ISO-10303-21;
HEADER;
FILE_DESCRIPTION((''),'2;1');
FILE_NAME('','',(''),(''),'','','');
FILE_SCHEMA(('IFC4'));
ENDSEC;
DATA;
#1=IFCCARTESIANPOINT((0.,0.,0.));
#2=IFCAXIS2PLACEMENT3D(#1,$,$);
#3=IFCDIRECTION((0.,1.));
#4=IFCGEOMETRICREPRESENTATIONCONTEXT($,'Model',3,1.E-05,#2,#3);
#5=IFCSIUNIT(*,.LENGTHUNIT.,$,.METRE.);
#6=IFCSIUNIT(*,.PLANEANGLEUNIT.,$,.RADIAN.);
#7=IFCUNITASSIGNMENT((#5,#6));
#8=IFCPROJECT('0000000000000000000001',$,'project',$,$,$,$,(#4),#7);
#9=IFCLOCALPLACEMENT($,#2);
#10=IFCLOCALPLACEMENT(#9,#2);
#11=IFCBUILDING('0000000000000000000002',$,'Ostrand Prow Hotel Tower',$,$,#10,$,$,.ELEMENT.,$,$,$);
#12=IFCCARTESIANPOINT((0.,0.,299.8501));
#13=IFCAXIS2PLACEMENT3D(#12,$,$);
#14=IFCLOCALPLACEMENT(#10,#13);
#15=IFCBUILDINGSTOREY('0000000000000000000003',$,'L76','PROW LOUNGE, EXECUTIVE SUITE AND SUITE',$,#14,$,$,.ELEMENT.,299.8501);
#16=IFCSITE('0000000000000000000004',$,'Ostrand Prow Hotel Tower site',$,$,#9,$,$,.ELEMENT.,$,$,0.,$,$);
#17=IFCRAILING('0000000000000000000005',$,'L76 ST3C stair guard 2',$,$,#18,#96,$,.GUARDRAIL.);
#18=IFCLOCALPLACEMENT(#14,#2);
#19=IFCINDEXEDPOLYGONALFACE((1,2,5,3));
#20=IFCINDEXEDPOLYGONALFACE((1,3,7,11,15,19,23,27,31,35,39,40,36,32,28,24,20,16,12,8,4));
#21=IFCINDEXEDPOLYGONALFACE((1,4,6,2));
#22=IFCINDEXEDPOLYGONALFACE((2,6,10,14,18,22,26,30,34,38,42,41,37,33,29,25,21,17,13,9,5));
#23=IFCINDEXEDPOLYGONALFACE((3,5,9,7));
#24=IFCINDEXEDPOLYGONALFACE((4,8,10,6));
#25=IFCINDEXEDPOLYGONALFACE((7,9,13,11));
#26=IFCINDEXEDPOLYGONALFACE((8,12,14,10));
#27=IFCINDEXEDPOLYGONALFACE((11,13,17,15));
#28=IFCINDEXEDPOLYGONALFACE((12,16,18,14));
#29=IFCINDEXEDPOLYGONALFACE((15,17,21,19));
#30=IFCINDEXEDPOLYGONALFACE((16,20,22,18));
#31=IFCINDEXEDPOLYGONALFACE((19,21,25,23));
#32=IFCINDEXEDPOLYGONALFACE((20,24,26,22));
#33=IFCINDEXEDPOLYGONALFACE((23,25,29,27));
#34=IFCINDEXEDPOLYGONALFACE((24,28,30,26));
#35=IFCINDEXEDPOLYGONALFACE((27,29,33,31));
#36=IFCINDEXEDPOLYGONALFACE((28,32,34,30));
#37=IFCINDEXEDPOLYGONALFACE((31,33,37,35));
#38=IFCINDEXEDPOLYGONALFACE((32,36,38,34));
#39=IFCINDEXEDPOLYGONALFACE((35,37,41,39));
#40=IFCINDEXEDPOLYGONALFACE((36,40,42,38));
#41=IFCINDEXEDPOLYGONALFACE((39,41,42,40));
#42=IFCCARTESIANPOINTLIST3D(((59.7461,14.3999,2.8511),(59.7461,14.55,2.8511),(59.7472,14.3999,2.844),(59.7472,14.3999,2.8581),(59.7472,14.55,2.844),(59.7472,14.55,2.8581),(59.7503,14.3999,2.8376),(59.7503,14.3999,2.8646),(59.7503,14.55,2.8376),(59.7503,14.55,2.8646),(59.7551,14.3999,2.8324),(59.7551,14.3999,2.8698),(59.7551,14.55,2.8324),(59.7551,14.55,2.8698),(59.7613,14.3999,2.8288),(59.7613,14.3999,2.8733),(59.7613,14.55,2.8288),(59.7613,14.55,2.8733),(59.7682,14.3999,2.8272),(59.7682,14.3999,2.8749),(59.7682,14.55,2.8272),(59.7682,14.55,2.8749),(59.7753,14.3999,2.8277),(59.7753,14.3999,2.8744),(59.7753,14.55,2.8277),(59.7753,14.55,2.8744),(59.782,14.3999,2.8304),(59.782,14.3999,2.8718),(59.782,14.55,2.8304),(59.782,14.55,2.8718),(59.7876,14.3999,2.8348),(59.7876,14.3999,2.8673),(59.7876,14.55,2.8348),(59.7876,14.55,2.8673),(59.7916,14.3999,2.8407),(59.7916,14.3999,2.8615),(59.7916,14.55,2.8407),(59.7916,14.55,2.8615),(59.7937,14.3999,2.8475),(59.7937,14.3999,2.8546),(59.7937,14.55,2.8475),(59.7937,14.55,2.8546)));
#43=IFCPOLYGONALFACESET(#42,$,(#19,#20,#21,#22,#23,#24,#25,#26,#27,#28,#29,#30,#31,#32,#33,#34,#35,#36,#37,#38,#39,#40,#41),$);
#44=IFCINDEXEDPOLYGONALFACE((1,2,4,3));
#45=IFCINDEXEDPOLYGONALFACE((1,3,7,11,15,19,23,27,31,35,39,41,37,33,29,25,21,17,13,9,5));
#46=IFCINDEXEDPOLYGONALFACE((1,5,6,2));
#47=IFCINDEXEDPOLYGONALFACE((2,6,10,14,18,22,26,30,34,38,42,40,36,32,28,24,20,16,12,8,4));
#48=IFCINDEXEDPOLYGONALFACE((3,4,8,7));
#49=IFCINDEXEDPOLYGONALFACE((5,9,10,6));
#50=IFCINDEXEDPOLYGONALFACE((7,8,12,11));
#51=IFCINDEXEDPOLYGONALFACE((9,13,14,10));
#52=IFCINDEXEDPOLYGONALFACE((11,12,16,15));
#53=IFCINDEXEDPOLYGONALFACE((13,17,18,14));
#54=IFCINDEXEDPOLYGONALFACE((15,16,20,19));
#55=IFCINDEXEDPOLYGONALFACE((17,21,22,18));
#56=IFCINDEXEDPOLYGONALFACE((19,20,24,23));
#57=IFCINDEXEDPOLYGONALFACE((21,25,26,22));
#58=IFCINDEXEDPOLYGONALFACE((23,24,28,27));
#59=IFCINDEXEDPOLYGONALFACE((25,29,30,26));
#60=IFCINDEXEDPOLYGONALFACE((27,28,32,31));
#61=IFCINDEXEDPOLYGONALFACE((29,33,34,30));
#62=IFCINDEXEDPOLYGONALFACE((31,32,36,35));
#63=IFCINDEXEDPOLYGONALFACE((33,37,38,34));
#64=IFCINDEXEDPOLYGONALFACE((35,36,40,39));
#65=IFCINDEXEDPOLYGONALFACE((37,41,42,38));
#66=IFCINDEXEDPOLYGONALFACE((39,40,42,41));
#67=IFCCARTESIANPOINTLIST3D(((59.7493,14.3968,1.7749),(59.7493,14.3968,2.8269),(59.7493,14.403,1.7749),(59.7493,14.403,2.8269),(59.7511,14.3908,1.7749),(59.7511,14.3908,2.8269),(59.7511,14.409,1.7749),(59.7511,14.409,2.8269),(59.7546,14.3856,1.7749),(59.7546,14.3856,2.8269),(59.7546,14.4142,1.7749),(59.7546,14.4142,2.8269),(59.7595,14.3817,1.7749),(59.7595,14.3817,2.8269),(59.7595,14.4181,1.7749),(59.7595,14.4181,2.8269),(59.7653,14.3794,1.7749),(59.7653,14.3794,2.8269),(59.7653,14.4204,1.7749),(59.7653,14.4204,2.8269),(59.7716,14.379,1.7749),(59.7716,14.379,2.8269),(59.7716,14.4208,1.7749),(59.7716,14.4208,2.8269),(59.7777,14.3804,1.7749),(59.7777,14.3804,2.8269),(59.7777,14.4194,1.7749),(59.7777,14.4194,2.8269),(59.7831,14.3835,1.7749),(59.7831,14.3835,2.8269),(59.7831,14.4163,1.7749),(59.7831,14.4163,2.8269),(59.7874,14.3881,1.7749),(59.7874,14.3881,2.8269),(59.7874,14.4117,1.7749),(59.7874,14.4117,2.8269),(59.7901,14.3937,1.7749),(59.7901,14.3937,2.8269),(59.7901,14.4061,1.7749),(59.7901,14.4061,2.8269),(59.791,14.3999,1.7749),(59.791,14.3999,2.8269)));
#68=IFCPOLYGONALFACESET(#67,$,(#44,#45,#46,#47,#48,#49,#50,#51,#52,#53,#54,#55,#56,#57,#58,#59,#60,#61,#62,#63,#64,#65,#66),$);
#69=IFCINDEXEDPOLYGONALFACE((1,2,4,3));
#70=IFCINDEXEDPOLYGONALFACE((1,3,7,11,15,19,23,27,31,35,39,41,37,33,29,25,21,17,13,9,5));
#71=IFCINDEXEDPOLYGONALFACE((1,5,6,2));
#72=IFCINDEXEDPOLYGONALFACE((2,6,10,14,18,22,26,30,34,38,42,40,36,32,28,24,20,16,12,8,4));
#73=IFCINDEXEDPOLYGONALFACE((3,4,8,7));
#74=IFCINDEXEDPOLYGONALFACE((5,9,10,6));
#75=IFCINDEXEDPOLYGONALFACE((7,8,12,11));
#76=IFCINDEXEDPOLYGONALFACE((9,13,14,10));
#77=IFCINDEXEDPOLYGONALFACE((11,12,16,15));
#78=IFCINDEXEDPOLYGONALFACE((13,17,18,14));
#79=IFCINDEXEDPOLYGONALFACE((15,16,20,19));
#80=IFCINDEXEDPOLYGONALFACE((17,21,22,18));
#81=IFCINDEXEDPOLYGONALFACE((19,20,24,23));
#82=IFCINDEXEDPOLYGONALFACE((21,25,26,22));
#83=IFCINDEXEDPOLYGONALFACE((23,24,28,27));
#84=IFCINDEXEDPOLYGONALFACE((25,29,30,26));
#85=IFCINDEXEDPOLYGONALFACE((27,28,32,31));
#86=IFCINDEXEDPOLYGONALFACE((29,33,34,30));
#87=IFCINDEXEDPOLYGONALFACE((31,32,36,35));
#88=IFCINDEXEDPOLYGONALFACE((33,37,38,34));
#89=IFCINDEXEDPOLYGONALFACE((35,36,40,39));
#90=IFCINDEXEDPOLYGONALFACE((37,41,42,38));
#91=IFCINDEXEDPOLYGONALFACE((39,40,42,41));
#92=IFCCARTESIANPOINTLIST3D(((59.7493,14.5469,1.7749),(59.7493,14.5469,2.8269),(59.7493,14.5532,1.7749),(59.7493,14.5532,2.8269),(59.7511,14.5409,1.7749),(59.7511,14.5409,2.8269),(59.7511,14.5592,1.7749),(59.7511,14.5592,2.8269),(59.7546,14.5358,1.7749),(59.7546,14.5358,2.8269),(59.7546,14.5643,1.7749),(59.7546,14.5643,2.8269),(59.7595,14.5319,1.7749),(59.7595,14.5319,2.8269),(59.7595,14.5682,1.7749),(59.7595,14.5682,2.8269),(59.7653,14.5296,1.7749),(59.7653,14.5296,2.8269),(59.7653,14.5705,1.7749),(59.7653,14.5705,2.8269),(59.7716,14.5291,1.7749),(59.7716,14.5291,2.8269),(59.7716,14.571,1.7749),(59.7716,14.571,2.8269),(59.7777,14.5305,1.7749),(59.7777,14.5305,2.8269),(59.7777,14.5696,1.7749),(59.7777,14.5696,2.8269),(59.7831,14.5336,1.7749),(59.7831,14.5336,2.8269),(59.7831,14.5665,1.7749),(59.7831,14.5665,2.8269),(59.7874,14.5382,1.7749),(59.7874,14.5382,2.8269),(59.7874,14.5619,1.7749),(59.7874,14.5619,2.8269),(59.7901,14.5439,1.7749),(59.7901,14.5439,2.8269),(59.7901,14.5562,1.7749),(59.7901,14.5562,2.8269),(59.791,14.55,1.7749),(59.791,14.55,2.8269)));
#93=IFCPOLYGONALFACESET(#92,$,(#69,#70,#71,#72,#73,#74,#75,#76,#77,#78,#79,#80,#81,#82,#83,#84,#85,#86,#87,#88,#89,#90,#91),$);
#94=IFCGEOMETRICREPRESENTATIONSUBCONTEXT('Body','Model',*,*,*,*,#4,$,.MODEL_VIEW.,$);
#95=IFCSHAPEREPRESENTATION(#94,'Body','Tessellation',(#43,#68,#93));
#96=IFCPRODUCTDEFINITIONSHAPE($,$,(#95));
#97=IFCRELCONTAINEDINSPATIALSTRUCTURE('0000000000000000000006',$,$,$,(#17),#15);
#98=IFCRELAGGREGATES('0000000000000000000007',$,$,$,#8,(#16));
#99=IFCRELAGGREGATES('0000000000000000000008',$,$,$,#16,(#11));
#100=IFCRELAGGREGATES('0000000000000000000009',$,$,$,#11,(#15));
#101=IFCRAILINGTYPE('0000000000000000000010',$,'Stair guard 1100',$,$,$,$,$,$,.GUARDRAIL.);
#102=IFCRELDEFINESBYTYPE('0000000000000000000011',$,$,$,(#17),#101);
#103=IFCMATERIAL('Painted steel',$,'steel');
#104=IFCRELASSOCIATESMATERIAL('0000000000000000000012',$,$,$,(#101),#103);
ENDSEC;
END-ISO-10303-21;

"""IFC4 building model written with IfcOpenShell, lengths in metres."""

from ifc_helpers import new_model, si_unit, direction, frame, origin, origin_2d, place, context, subcontext, project, spatial, circle, extrude, material, type_object, element, save


model = new_model("IFC4")

# Units and contexts
model_context = context("Model", 3, precision=1e-05, world=origin(), true_north=direction((0.0, 1.0)))
body_context = subcontext(model_context, "Body", "Model", "MODEL_VIEW")
ifc_project = project(units=[si_unit("LENGTHUNIT", "METRE"), si_unit("PLANEANGLEUNIT", "RADIAN")], contexts=[model_context])

# Site, building, storey
site_placement = place(None, origin())
site = spatial("IfcSite", under=ifc_project, at=site_placement, Name="Ostrand Prow Hotel Tower site", CompositionType="ELEMENT", RefElevation=0.0)
building_placement = place(site_placement, origin())
building = spatial("IfcBuilding", under=site, at=building_placement, Name="Ostrand Prow Hotel Tower", CompositionType="ELEMENT")
storey_placement = place(building_placement, frame((0.0, 0.0, 299.8501)))
storey = spatial("IfcBuildingStorey", under=building, at=storey_placement, Name="L76", Description="PROW LOUNGE, EXECUTIVE SUITE AND SUITE", CompositionType="ELEMENT", Elevation=299.8501)

# Railing
ifc_material_1 = material(Name="Painted steel", Category="steel")
railing_type_1 = type_object("IfcRailingType", Name="Stair guard 1100", PredefinedType="GUARDRAIL", material=ifc_material_1)
railing_1_placement = place(storey_placement, frame((59.77, 14.3999, 1.7749)))
element("IfcRailing", 1, at=railing_1_placement, inside=storey, type_object=railing_type_1, Name="L76 ST3C stair guard 2", PredefinedType="GUARDRAIL", context=body_context, shape_type="SweptSolid", body=[
    extrude(circle(Radius=0.0239, at=origin_2d()), frame((0.0, 0.0, 1.0762), z_axis=(0.0, 1.0, 0.0), x_axis=(-1.0, 0.0, 0.0)), (0.0, 0.0, 1.0), 0.1501),
    extrude(circle(Radius=0.021, at=origin_2d()), origin(), (0.0, 0.0, 1.0), 1.052),
    extrude(circle(Radius=0.021, at=origin_2d()), frame((0.0, 0.1501, 0.0)), (0.0, 0.0, 1.0), 1.052),
])

save(model, "model.ifc")
